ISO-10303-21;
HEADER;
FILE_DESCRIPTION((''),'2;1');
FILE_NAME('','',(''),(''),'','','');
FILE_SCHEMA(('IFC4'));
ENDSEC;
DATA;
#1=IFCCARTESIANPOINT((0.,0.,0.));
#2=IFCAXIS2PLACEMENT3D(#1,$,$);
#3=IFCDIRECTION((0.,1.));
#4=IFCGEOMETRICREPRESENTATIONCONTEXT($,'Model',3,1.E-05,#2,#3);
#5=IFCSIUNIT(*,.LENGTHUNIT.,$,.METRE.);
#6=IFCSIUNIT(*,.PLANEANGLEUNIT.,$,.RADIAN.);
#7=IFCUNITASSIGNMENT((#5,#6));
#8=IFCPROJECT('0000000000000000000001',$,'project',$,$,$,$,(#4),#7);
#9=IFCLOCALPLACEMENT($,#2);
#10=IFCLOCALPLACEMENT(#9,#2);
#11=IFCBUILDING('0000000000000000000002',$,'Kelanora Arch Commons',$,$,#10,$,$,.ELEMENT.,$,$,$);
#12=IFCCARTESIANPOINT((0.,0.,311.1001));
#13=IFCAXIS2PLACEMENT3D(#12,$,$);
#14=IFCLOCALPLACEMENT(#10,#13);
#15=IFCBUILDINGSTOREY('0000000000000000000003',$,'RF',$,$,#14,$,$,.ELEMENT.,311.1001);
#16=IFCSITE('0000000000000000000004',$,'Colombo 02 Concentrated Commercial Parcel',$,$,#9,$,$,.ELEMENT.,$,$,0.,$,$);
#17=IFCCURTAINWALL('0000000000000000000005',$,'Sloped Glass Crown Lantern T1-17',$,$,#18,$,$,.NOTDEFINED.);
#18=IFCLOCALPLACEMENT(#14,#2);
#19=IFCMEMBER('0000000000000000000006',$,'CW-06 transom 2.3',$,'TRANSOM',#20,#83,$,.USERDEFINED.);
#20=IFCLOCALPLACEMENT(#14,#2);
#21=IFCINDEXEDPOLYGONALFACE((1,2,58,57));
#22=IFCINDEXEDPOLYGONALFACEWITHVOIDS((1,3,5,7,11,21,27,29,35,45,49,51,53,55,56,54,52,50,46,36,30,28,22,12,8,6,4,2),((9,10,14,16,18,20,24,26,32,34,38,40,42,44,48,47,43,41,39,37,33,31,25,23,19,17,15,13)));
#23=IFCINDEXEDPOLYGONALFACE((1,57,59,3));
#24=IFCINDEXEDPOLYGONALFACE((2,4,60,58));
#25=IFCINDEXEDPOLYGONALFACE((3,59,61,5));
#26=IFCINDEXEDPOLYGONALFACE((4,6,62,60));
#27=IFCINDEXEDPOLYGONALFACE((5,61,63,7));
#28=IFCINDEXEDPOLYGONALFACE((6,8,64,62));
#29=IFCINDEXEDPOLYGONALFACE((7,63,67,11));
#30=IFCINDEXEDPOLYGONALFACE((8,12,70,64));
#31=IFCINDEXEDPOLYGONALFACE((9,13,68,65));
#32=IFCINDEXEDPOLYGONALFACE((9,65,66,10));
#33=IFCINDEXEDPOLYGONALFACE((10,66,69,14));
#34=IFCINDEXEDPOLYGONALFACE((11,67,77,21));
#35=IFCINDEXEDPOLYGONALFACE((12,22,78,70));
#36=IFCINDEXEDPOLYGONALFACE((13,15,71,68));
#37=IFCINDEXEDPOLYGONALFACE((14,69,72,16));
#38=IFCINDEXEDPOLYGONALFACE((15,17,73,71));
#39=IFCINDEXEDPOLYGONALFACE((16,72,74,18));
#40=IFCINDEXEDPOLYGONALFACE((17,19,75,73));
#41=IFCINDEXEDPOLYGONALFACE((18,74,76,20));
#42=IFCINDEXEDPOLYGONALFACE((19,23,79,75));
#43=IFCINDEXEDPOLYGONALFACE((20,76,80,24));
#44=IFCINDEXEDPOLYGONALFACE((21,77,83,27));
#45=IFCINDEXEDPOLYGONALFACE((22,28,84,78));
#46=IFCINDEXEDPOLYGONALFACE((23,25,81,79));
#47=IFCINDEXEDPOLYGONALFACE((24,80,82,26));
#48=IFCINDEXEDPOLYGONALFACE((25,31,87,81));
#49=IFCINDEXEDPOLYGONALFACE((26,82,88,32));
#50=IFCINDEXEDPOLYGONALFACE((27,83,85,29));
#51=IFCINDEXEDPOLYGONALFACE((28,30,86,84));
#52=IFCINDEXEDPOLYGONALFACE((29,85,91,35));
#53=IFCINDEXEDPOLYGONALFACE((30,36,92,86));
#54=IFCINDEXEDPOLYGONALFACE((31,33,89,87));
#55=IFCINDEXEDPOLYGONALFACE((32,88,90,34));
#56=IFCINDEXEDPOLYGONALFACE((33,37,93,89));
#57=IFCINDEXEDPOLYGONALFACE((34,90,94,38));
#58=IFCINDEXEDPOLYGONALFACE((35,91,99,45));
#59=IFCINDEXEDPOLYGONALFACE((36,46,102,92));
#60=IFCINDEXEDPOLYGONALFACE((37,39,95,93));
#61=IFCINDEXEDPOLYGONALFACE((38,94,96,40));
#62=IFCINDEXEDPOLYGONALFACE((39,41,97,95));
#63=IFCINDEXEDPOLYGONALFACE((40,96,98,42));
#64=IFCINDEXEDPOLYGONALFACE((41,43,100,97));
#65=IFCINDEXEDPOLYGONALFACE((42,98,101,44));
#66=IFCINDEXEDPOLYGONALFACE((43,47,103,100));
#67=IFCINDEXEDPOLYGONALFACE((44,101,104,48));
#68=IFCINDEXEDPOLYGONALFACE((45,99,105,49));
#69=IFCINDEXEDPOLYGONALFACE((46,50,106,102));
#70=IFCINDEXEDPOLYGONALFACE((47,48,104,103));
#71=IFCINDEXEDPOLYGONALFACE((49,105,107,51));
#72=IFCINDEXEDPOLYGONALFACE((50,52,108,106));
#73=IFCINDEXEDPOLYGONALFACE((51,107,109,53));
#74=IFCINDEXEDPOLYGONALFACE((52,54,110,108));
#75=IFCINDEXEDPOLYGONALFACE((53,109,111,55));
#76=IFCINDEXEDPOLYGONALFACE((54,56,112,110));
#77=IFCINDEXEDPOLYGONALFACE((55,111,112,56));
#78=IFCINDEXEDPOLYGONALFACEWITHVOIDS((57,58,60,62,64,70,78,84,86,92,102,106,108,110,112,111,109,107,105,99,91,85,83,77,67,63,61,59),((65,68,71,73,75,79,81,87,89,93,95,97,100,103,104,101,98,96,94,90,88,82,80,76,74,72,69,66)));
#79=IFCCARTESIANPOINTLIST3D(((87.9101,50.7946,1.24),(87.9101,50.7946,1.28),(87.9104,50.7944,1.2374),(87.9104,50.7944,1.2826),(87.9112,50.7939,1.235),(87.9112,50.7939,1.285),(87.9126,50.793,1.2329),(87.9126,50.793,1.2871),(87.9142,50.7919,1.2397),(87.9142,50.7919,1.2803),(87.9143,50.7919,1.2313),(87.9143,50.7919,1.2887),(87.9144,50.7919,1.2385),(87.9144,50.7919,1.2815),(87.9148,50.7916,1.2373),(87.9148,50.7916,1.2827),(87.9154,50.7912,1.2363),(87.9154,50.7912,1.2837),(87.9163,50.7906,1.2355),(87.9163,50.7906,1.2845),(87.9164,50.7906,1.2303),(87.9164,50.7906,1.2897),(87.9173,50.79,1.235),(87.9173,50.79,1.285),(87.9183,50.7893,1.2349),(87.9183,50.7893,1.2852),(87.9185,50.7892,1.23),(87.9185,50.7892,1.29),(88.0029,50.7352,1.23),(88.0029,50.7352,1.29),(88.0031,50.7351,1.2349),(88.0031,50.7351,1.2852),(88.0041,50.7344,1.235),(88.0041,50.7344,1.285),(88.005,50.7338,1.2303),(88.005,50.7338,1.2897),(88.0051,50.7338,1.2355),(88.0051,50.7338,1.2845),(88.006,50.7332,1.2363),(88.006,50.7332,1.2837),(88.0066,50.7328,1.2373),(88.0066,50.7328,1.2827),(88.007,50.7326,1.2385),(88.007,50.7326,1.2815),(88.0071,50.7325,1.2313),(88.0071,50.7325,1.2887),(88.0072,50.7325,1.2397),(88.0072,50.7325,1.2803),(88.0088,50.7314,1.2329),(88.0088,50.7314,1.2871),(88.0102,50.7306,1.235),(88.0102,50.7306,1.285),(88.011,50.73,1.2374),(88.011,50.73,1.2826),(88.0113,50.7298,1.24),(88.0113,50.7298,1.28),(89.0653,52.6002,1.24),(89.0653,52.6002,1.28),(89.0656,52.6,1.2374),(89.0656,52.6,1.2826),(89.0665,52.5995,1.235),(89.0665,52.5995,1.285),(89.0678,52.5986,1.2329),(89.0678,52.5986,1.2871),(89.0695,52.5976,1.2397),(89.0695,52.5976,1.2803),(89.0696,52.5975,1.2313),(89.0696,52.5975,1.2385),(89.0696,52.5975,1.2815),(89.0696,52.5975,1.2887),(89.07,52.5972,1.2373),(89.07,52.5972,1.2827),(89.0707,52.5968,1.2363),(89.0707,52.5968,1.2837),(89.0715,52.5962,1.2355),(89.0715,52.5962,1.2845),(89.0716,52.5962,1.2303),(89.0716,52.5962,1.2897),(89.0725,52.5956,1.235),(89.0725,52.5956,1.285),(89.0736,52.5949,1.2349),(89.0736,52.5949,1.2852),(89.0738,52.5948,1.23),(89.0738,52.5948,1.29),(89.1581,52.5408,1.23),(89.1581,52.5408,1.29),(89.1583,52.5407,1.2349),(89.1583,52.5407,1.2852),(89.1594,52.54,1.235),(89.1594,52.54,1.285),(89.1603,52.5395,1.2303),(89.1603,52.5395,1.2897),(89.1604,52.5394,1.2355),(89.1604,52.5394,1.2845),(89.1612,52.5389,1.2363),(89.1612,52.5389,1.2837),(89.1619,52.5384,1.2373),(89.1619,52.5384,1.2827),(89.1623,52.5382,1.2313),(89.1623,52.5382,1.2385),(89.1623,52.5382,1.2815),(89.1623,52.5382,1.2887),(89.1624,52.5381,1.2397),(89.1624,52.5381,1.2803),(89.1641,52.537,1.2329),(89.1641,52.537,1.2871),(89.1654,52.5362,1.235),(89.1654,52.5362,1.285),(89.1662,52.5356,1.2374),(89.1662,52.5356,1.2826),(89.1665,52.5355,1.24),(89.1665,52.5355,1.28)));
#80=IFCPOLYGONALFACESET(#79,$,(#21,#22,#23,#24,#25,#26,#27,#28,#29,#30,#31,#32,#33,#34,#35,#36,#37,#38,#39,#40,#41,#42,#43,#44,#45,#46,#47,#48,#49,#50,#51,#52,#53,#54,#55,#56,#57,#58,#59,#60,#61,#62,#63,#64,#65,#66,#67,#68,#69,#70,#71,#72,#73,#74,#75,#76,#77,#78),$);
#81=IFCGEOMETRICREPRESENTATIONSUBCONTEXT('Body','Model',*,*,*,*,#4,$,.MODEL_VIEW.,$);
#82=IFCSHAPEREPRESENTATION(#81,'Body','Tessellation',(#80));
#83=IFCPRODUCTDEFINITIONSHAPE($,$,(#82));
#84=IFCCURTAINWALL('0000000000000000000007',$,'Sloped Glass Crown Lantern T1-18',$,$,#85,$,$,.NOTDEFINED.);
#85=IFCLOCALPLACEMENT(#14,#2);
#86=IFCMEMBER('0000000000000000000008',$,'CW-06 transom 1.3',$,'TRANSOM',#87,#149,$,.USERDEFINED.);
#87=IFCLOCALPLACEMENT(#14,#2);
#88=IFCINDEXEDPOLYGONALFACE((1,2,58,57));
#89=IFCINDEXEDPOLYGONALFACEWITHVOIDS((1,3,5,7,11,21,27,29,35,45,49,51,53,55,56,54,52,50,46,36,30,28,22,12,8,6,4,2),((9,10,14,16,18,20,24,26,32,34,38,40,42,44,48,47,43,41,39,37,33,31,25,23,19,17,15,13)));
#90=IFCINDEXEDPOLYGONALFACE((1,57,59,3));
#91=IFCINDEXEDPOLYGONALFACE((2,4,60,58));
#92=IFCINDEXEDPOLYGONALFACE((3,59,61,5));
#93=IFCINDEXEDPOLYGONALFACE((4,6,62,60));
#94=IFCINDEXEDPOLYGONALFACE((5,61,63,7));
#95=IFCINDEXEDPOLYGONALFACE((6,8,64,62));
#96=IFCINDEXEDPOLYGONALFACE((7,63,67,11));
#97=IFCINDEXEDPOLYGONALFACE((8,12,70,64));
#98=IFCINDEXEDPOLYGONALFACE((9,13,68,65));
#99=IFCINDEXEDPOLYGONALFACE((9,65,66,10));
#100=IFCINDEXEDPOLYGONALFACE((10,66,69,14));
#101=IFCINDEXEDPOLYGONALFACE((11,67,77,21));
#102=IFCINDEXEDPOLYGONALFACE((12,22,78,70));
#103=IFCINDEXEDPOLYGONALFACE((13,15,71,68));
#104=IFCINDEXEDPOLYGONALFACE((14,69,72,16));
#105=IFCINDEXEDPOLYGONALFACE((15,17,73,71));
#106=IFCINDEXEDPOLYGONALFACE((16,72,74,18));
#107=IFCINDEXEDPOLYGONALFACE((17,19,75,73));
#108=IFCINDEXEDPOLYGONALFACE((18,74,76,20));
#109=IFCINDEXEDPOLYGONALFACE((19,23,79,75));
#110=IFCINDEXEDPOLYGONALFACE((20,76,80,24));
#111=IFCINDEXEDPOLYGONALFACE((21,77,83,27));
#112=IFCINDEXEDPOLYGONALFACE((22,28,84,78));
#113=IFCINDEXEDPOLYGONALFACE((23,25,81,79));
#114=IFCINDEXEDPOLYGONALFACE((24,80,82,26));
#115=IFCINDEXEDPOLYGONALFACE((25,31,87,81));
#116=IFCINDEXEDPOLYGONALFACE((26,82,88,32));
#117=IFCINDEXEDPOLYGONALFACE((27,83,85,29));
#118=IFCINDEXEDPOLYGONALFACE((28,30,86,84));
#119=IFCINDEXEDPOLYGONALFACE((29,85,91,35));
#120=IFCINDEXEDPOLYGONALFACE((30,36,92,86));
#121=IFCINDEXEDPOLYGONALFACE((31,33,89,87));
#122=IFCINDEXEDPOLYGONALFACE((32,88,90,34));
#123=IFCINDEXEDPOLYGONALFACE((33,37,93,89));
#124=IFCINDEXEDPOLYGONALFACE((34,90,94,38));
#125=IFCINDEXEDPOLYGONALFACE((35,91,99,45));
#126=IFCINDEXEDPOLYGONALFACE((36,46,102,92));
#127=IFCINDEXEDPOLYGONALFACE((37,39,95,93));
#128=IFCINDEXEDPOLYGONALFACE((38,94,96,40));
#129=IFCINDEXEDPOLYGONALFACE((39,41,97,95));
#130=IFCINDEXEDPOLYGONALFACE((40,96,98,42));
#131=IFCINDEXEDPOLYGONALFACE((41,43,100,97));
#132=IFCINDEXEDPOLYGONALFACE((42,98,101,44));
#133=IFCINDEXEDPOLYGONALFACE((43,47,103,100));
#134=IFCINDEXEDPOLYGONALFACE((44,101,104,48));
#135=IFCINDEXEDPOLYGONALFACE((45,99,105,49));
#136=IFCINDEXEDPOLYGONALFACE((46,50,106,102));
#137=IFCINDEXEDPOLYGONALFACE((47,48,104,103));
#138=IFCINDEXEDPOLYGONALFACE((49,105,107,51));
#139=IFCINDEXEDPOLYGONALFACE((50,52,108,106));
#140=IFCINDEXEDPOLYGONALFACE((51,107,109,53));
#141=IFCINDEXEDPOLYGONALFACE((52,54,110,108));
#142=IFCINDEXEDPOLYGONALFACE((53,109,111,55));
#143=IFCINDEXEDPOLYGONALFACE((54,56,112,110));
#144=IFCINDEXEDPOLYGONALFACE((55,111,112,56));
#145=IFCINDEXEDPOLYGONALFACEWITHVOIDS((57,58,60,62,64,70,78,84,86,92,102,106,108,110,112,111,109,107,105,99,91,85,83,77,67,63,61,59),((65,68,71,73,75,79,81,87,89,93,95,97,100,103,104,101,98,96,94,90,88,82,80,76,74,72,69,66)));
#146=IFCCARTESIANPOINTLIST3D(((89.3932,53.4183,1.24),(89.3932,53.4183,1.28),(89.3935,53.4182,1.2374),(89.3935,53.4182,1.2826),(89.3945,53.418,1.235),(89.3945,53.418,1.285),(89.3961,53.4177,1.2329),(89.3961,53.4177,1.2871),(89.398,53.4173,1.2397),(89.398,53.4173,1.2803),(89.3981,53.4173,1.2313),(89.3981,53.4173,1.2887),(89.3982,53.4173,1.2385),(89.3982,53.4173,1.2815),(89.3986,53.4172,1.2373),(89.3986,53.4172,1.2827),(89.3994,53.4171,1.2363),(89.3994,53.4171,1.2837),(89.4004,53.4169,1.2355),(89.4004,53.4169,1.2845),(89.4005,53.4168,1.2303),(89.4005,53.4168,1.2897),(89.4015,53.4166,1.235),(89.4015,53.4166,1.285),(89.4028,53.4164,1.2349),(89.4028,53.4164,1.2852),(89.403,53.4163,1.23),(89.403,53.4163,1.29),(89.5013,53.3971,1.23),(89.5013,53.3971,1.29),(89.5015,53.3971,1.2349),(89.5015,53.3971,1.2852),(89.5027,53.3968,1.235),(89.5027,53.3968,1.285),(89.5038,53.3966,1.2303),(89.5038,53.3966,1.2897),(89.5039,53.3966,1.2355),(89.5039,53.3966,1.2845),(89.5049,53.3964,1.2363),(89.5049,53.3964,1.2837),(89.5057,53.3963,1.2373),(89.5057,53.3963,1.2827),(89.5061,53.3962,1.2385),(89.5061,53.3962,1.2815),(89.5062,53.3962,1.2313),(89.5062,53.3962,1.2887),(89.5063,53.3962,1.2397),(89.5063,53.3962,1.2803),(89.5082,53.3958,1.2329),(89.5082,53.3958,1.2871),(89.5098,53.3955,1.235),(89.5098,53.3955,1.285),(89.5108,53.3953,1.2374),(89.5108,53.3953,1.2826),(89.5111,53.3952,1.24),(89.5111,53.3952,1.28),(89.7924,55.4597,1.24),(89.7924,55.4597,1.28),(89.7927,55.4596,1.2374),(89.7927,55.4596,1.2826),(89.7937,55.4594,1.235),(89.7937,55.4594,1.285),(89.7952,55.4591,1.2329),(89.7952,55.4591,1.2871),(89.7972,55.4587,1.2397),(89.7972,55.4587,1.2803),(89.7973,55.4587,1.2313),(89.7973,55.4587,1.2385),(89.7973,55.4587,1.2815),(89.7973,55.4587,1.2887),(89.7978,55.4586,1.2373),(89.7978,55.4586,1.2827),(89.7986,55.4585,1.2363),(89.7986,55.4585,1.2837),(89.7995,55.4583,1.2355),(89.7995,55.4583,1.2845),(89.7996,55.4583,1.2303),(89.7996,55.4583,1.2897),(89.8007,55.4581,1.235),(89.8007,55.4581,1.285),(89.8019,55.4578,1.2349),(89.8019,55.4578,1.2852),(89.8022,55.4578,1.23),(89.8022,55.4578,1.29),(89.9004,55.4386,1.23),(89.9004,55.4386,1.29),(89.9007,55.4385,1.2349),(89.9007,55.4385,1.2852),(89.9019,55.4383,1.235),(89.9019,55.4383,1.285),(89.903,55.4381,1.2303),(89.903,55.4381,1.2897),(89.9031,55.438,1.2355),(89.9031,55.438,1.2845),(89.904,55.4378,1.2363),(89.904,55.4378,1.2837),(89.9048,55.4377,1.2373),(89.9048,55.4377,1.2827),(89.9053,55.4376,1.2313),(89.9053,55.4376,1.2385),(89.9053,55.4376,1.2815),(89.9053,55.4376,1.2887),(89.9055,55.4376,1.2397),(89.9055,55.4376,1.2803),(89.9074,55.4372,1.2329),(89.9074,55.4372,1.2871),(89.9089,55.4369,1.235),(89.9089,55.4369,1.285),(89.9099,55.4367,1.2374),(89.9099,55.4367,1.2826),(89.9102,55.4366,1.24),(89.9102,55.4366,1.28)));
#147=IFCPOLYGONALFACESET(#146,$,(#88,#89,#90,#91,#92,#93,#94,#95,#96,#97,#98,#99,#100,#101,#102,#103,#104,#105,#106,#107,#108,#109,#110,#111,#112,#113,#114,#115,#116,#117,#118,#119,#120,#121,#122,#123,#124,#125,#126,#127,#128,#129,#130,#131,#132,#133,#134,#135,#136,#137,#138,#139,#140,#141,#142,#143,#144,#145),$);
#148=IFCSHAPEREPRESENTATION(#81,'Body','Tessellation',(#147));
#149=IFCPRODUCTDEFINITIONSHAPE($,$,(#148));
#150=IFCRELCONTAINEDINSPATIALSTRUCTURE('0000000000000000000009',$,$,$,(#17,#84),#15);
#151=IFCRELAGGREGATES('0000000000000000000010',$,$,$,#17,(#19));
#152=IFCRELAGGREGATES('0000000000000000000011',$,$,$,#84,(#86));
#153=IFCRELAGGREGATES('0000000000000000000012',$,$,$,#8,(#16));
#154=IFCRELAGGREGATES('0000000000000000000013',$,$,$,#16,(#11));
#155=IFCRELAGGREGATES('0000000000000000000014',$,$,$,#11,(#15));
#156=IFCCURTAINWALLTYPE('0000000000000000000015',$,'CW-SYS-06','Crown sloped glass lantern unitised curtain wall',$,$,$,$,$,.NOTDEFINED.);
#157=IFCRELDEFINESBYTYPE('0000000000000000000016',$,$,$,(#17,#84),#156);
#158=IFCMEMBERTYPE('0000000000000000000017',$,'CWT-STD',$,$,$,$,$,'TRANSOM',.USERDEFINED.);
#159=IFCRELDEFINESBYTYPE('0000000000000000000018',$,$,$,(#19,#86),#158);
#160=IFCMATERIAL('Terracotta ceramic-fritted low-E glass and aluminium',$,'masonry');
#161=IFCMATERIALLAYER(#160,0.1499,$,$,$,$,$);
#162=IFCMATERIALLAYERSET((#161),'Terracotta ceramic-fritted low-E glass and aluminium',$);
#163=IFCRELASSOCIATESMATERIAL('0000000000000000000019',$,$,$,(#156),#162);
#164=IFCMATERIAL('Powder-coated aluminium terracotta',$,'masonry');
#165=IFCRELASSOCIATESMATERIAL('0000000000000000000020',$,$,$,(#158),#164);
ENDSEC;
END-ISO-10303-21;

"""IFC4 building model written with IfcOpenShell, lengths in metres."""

from ifc_helpers import new_model, si_unit, direction, frame, origin, origin_2d, place, context, subcontext, project, spatial, hollow_rectangle, extrude, material, layer, layer_set, material_profile, profile_set, type_object, element, aggregate, save


model = new_model("IFC4")

# Units and contexts
model_context = context("Model", 3, precision=1e-05, world=origin(), true_north=direction((0.0, 1.0)))
body_context = subcontext(model_context, "Body", "Model", "MODEL_VIEW")
ifc_project = project(units=[si_unit("LENGTHUNIT", "METRE"), si_unit("PLANEANGLEUNIT", "RADIAN")], contexts=[model_context])

# Site, building, storey
site_placement = place(None, origin())
site = spatial("IfcSite", under=ifc_project, at=site_placement, Name="Colombo 02 Concentrated Commercial Parcel", CompositionType="ELEMENT", RefElevation=0.0)
building_placement = place(site_placement, origin())
building = spatial("IfcBuilding", under=site, at=building_placement, Name="Kelanora Arch Commons", CompositionType="ELEMENT")
storey_placement = place(building_placement, frame((0.0, 0.0, 311.1001)))
storey = spatial("IfcBuildingStorey", under=building, at=storey_placement, Name="RF", CompositionType="ELEMENT", Elevation=311.1001)

# Shared definitions
ifc_material_1 = material(Name="Terracotta ceramic-fritted low-E glass and aluminium", Category="masonry")
ifc_layer_1 = layer(ifc_material_1, 0.1499)
ifc_layer_set_1 = layer_set([ifc_layer_1], Name="Terracotta ceramic-fritted low-E glass and aluminium")
curtain_wall_type = type_object("IfcCurtainWallType", Name="CW-SYS-06", Description="Crown sloped glass lantern unitised curtain wall", PredefinedType="NOTDEFINED", material=ifc_layer_set_1)
ifc_material_2 = material(Name="Powder-coated aluminium terracotta", Category="masonry")
ifc_material_profile_1 = material_profile(ifc_material_2, hollow_rectangle(XDim=0.1201, YDim=0.0601, WallThickness=0.0049, InnerFilletRadius=0.0049, OuterFilletRadius=0.01, at=origin_2d()), Name="CWT120x60")
ifc_profile_set_1 = profile_set([ifc_material_profile_1], Name="Powder-coated aluminium terracotta")
member_type_1 = type_object("IfcMemberType", Name="CWT-STD", ElementType="TRANSOM", PredefinedType="USERDEFINED", material=ifc_profile_set_1)

# Curtain walls, members
curtain_wall_1_placement = place(storey_placement, origin())
curtain_wall_1 = element("IfcCurtainWall", 1, at=curtain_wall_1_placement, inside=storey, type_object=curtain_wall_type, Name="Sloped Glass Crown Lantern T1-17", PredefinedType="NOTDEFINED")
member_1_placement = place(storey_placement, frame((87.9607, 50.7622, 1.26), z_axis=(0.538937, 0.842346, 0.0), x_axis=(-0.842346, 0.538937, 0.0)))
member_1 = element("IfcMember", 2, at=member_1_placement, type_object=member_type_1, Name="CW-06 transom 2.3", ObjectType="TRANSOM", PredefinedType="USERDEFINED", context=body_context, shape_type="SweptSolid", body=[
    extrude(hollow_rectangle(XDim=0.1201, YDim=0.0601, WallThickness=0.0049, InnerFilletRadius=0.0049, OuterFilletRadius=0.01, at=origin_2d()), origin(), (0.0, 0.0, 1.0), 2.1436),
])
aggregate(curtain_wall_1, [member_1])
curtain_wall_2_placement = place(storey_placement, origin())
curtain_wall_2 = element("IfcCurtainWall", 3, at=curtain_wall_2_placement, inside=storey, type_object=curtain_wall_type, Name="Sloped Glass Crown Lantern T1-18", PredefinedType="NOTDEFINED")
member_2_placement = place(storey_placement, frame((89.4521, 53.4067, 1.26), z_axis=(0.191894, 0.981416, 0.0), x_axis=(-0.981416, 0.191894, 0.0)))
member_2 = element("IfcMember", 4, at=member_2_placement, type_object=member_type_1, Name="CW-06 transom 1.3", ObjectType="TRANSOM", PredefinedType="USERDEFINED", context=body_context, shape_type="SweptSolid", body=[
    extrude(hollow_rectangle(XDim=0.1201, YDim=0.0601, WallThickness=0.0049, InnerFilletRadius=0.0049, OuterFilletRadius=0.01, at=origin_2d()), origin(), (0.0, 0.0, 1.0), 2.0801),
])
aggregate(curtain_wall_2, [member_2])

save(model, "model.ifc")
